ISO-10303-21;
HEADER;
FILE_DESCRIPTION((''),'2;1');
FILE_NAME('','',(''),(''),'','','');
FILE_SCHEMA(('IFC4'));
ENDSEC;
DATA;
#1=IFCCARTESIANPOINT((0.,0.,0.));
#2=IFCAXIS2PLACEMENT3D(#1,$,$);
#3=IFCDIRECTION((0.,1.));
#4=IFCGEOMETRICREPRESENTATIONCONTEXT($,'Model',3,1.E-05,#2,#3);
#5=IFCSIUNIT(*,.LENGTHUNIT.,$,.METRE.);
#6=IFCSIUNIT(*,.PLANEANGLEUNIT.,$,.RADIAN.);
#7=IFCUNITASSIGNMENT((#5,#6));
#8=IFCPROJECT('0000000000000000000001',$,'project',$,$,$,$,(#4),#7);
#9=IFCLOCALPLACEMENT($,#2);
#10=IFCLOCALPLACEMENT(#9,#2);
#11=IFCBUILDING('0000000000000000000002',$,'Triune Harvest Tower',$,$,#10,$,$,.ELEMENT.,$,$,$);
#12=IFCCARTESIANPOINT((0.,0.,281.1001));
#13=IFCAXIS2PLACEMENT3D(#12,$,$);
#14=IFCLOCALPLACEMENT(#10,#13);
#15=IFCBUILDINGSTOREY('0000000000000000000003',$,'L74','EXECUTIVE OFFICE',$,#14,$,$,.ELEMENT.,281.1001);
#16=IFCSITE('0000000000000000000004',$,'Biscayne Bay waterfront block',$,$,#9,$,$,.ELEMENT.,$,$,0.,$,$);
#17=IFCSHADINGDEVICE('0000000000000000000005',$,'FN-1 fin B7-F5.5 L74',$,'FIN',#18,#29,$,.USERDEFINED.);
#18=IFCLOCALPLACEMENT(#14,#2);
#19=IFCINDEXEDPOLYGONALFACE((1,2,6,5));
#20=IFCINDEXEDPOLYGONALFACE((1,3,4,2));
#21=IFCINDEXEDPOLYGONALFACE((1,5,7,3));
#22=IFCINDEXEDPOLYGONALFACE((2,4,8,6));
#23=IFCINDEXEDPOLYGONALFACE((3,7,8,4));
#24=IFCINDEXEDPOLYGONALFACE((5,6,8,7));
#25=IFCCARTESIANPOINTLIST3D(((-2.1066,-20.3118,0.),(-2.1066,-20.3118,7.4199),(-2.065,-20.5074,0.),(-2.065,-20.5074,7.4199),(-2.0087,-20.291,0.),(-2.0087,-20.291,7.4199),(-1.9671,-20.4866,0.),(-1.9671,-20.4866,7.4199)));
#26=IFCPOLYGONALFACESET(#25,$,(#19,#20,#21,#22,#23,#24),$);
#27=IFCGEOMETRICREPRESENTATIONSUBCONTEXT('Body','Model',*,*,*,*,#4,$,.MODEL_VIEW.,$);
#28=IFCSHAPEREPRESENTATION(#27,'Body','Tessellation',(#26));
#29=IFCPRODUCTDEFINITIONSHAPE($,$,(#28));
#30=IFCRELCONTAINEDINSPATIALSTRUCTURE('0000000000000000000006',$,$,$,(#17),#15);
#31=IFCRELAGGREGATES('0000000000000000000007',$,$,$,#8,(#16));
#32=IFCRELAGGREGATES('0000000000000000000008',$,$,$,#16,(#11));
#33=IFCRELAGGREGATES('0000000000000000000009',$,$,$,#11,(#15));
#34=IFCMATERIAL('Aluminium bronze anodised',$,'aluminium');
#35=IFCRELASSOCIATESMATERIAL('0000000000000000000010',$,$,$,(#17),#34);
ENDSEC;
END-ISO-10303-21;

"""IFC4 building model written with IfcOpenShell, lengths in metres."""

from ifc_helpers import new_model, si_unit, direction, frame, origin, origin_2d, place, context, subcontext, project, spatial, rectangle, extrude, source, transform, mapped, material, element, save


model = new_model("IFC4")

# Units and contexts
model_context = context("Model", 3, precision=1e-05, world=origin(), true_north=direction((0.0, 1.0)))
body_context = subcontext(model_context, "Body", "Model", "MODEL_VIEW")
ifc_project = project(units=[si_unit("LENGTHUNIT", "METRE"), si_unit("PLANEANGLEUNIT", "RADIAN")], contexts=[model_context])

# Site, building, storey
site_placement = place(None, origin())
site = spatial("IfcSite", under=ifc_project, at=site_placement, Name="Biscayne Bay waterfront block", CompositionType="ELEMENT", RefElevation=0.0)
building_placement = place(site_placement, origin())
building = spatial("IfcBuilding", under=site, at=building_placement, Name="Triune Harvest Tower", CompositionType="ELEMENT")
storey_placement = place(building_placement, frame((0.0, 0.0, 281.1001)))
storey = spatial("IfcBuildingStorey", under=building, at=storey_placement, Name="L74", Description="EXECUTIVE OFFICE", CompositionType="ELEMENT", Elevation=281.1001)

# Shading device
ifc_material_1 = material(Name="Aluminium bronze anodised", Category="aluminium")
shared_shape_1 = source(origin(), body_context, "Body", "SweptSolid", [
    extrude(rectangle(XDim=0.1001, YDim=0.2, at=origin_2d()), origin(), (0.0, 0.0, 1.0), 7.4199),
])
for number, where, z_axis, x_axis, name in (
    (1, (-2.0369, -20.3992, 0.0), (0.0, 0.0, 1.0), (0.978148, 0.207911, 0.0), "FN-1 fin B7-F5.5 L74"),
):
    element("IfcShadingDevice", number, at=place(storey_placement, frame(where, z_axis=z_axis, x_axis=x_axis)), inside=storey, material=ifc_material_1, Name=name, ObjectType="FIN", PredefinedType="USERDEFINED", context=body_context, shape_type="MappedRepresentation", body=[
        mapped(shared_shape_1, transform((0.0, 0.0, 0.0), scale=1.0)),
    ])

save(model, "model.ifc")
